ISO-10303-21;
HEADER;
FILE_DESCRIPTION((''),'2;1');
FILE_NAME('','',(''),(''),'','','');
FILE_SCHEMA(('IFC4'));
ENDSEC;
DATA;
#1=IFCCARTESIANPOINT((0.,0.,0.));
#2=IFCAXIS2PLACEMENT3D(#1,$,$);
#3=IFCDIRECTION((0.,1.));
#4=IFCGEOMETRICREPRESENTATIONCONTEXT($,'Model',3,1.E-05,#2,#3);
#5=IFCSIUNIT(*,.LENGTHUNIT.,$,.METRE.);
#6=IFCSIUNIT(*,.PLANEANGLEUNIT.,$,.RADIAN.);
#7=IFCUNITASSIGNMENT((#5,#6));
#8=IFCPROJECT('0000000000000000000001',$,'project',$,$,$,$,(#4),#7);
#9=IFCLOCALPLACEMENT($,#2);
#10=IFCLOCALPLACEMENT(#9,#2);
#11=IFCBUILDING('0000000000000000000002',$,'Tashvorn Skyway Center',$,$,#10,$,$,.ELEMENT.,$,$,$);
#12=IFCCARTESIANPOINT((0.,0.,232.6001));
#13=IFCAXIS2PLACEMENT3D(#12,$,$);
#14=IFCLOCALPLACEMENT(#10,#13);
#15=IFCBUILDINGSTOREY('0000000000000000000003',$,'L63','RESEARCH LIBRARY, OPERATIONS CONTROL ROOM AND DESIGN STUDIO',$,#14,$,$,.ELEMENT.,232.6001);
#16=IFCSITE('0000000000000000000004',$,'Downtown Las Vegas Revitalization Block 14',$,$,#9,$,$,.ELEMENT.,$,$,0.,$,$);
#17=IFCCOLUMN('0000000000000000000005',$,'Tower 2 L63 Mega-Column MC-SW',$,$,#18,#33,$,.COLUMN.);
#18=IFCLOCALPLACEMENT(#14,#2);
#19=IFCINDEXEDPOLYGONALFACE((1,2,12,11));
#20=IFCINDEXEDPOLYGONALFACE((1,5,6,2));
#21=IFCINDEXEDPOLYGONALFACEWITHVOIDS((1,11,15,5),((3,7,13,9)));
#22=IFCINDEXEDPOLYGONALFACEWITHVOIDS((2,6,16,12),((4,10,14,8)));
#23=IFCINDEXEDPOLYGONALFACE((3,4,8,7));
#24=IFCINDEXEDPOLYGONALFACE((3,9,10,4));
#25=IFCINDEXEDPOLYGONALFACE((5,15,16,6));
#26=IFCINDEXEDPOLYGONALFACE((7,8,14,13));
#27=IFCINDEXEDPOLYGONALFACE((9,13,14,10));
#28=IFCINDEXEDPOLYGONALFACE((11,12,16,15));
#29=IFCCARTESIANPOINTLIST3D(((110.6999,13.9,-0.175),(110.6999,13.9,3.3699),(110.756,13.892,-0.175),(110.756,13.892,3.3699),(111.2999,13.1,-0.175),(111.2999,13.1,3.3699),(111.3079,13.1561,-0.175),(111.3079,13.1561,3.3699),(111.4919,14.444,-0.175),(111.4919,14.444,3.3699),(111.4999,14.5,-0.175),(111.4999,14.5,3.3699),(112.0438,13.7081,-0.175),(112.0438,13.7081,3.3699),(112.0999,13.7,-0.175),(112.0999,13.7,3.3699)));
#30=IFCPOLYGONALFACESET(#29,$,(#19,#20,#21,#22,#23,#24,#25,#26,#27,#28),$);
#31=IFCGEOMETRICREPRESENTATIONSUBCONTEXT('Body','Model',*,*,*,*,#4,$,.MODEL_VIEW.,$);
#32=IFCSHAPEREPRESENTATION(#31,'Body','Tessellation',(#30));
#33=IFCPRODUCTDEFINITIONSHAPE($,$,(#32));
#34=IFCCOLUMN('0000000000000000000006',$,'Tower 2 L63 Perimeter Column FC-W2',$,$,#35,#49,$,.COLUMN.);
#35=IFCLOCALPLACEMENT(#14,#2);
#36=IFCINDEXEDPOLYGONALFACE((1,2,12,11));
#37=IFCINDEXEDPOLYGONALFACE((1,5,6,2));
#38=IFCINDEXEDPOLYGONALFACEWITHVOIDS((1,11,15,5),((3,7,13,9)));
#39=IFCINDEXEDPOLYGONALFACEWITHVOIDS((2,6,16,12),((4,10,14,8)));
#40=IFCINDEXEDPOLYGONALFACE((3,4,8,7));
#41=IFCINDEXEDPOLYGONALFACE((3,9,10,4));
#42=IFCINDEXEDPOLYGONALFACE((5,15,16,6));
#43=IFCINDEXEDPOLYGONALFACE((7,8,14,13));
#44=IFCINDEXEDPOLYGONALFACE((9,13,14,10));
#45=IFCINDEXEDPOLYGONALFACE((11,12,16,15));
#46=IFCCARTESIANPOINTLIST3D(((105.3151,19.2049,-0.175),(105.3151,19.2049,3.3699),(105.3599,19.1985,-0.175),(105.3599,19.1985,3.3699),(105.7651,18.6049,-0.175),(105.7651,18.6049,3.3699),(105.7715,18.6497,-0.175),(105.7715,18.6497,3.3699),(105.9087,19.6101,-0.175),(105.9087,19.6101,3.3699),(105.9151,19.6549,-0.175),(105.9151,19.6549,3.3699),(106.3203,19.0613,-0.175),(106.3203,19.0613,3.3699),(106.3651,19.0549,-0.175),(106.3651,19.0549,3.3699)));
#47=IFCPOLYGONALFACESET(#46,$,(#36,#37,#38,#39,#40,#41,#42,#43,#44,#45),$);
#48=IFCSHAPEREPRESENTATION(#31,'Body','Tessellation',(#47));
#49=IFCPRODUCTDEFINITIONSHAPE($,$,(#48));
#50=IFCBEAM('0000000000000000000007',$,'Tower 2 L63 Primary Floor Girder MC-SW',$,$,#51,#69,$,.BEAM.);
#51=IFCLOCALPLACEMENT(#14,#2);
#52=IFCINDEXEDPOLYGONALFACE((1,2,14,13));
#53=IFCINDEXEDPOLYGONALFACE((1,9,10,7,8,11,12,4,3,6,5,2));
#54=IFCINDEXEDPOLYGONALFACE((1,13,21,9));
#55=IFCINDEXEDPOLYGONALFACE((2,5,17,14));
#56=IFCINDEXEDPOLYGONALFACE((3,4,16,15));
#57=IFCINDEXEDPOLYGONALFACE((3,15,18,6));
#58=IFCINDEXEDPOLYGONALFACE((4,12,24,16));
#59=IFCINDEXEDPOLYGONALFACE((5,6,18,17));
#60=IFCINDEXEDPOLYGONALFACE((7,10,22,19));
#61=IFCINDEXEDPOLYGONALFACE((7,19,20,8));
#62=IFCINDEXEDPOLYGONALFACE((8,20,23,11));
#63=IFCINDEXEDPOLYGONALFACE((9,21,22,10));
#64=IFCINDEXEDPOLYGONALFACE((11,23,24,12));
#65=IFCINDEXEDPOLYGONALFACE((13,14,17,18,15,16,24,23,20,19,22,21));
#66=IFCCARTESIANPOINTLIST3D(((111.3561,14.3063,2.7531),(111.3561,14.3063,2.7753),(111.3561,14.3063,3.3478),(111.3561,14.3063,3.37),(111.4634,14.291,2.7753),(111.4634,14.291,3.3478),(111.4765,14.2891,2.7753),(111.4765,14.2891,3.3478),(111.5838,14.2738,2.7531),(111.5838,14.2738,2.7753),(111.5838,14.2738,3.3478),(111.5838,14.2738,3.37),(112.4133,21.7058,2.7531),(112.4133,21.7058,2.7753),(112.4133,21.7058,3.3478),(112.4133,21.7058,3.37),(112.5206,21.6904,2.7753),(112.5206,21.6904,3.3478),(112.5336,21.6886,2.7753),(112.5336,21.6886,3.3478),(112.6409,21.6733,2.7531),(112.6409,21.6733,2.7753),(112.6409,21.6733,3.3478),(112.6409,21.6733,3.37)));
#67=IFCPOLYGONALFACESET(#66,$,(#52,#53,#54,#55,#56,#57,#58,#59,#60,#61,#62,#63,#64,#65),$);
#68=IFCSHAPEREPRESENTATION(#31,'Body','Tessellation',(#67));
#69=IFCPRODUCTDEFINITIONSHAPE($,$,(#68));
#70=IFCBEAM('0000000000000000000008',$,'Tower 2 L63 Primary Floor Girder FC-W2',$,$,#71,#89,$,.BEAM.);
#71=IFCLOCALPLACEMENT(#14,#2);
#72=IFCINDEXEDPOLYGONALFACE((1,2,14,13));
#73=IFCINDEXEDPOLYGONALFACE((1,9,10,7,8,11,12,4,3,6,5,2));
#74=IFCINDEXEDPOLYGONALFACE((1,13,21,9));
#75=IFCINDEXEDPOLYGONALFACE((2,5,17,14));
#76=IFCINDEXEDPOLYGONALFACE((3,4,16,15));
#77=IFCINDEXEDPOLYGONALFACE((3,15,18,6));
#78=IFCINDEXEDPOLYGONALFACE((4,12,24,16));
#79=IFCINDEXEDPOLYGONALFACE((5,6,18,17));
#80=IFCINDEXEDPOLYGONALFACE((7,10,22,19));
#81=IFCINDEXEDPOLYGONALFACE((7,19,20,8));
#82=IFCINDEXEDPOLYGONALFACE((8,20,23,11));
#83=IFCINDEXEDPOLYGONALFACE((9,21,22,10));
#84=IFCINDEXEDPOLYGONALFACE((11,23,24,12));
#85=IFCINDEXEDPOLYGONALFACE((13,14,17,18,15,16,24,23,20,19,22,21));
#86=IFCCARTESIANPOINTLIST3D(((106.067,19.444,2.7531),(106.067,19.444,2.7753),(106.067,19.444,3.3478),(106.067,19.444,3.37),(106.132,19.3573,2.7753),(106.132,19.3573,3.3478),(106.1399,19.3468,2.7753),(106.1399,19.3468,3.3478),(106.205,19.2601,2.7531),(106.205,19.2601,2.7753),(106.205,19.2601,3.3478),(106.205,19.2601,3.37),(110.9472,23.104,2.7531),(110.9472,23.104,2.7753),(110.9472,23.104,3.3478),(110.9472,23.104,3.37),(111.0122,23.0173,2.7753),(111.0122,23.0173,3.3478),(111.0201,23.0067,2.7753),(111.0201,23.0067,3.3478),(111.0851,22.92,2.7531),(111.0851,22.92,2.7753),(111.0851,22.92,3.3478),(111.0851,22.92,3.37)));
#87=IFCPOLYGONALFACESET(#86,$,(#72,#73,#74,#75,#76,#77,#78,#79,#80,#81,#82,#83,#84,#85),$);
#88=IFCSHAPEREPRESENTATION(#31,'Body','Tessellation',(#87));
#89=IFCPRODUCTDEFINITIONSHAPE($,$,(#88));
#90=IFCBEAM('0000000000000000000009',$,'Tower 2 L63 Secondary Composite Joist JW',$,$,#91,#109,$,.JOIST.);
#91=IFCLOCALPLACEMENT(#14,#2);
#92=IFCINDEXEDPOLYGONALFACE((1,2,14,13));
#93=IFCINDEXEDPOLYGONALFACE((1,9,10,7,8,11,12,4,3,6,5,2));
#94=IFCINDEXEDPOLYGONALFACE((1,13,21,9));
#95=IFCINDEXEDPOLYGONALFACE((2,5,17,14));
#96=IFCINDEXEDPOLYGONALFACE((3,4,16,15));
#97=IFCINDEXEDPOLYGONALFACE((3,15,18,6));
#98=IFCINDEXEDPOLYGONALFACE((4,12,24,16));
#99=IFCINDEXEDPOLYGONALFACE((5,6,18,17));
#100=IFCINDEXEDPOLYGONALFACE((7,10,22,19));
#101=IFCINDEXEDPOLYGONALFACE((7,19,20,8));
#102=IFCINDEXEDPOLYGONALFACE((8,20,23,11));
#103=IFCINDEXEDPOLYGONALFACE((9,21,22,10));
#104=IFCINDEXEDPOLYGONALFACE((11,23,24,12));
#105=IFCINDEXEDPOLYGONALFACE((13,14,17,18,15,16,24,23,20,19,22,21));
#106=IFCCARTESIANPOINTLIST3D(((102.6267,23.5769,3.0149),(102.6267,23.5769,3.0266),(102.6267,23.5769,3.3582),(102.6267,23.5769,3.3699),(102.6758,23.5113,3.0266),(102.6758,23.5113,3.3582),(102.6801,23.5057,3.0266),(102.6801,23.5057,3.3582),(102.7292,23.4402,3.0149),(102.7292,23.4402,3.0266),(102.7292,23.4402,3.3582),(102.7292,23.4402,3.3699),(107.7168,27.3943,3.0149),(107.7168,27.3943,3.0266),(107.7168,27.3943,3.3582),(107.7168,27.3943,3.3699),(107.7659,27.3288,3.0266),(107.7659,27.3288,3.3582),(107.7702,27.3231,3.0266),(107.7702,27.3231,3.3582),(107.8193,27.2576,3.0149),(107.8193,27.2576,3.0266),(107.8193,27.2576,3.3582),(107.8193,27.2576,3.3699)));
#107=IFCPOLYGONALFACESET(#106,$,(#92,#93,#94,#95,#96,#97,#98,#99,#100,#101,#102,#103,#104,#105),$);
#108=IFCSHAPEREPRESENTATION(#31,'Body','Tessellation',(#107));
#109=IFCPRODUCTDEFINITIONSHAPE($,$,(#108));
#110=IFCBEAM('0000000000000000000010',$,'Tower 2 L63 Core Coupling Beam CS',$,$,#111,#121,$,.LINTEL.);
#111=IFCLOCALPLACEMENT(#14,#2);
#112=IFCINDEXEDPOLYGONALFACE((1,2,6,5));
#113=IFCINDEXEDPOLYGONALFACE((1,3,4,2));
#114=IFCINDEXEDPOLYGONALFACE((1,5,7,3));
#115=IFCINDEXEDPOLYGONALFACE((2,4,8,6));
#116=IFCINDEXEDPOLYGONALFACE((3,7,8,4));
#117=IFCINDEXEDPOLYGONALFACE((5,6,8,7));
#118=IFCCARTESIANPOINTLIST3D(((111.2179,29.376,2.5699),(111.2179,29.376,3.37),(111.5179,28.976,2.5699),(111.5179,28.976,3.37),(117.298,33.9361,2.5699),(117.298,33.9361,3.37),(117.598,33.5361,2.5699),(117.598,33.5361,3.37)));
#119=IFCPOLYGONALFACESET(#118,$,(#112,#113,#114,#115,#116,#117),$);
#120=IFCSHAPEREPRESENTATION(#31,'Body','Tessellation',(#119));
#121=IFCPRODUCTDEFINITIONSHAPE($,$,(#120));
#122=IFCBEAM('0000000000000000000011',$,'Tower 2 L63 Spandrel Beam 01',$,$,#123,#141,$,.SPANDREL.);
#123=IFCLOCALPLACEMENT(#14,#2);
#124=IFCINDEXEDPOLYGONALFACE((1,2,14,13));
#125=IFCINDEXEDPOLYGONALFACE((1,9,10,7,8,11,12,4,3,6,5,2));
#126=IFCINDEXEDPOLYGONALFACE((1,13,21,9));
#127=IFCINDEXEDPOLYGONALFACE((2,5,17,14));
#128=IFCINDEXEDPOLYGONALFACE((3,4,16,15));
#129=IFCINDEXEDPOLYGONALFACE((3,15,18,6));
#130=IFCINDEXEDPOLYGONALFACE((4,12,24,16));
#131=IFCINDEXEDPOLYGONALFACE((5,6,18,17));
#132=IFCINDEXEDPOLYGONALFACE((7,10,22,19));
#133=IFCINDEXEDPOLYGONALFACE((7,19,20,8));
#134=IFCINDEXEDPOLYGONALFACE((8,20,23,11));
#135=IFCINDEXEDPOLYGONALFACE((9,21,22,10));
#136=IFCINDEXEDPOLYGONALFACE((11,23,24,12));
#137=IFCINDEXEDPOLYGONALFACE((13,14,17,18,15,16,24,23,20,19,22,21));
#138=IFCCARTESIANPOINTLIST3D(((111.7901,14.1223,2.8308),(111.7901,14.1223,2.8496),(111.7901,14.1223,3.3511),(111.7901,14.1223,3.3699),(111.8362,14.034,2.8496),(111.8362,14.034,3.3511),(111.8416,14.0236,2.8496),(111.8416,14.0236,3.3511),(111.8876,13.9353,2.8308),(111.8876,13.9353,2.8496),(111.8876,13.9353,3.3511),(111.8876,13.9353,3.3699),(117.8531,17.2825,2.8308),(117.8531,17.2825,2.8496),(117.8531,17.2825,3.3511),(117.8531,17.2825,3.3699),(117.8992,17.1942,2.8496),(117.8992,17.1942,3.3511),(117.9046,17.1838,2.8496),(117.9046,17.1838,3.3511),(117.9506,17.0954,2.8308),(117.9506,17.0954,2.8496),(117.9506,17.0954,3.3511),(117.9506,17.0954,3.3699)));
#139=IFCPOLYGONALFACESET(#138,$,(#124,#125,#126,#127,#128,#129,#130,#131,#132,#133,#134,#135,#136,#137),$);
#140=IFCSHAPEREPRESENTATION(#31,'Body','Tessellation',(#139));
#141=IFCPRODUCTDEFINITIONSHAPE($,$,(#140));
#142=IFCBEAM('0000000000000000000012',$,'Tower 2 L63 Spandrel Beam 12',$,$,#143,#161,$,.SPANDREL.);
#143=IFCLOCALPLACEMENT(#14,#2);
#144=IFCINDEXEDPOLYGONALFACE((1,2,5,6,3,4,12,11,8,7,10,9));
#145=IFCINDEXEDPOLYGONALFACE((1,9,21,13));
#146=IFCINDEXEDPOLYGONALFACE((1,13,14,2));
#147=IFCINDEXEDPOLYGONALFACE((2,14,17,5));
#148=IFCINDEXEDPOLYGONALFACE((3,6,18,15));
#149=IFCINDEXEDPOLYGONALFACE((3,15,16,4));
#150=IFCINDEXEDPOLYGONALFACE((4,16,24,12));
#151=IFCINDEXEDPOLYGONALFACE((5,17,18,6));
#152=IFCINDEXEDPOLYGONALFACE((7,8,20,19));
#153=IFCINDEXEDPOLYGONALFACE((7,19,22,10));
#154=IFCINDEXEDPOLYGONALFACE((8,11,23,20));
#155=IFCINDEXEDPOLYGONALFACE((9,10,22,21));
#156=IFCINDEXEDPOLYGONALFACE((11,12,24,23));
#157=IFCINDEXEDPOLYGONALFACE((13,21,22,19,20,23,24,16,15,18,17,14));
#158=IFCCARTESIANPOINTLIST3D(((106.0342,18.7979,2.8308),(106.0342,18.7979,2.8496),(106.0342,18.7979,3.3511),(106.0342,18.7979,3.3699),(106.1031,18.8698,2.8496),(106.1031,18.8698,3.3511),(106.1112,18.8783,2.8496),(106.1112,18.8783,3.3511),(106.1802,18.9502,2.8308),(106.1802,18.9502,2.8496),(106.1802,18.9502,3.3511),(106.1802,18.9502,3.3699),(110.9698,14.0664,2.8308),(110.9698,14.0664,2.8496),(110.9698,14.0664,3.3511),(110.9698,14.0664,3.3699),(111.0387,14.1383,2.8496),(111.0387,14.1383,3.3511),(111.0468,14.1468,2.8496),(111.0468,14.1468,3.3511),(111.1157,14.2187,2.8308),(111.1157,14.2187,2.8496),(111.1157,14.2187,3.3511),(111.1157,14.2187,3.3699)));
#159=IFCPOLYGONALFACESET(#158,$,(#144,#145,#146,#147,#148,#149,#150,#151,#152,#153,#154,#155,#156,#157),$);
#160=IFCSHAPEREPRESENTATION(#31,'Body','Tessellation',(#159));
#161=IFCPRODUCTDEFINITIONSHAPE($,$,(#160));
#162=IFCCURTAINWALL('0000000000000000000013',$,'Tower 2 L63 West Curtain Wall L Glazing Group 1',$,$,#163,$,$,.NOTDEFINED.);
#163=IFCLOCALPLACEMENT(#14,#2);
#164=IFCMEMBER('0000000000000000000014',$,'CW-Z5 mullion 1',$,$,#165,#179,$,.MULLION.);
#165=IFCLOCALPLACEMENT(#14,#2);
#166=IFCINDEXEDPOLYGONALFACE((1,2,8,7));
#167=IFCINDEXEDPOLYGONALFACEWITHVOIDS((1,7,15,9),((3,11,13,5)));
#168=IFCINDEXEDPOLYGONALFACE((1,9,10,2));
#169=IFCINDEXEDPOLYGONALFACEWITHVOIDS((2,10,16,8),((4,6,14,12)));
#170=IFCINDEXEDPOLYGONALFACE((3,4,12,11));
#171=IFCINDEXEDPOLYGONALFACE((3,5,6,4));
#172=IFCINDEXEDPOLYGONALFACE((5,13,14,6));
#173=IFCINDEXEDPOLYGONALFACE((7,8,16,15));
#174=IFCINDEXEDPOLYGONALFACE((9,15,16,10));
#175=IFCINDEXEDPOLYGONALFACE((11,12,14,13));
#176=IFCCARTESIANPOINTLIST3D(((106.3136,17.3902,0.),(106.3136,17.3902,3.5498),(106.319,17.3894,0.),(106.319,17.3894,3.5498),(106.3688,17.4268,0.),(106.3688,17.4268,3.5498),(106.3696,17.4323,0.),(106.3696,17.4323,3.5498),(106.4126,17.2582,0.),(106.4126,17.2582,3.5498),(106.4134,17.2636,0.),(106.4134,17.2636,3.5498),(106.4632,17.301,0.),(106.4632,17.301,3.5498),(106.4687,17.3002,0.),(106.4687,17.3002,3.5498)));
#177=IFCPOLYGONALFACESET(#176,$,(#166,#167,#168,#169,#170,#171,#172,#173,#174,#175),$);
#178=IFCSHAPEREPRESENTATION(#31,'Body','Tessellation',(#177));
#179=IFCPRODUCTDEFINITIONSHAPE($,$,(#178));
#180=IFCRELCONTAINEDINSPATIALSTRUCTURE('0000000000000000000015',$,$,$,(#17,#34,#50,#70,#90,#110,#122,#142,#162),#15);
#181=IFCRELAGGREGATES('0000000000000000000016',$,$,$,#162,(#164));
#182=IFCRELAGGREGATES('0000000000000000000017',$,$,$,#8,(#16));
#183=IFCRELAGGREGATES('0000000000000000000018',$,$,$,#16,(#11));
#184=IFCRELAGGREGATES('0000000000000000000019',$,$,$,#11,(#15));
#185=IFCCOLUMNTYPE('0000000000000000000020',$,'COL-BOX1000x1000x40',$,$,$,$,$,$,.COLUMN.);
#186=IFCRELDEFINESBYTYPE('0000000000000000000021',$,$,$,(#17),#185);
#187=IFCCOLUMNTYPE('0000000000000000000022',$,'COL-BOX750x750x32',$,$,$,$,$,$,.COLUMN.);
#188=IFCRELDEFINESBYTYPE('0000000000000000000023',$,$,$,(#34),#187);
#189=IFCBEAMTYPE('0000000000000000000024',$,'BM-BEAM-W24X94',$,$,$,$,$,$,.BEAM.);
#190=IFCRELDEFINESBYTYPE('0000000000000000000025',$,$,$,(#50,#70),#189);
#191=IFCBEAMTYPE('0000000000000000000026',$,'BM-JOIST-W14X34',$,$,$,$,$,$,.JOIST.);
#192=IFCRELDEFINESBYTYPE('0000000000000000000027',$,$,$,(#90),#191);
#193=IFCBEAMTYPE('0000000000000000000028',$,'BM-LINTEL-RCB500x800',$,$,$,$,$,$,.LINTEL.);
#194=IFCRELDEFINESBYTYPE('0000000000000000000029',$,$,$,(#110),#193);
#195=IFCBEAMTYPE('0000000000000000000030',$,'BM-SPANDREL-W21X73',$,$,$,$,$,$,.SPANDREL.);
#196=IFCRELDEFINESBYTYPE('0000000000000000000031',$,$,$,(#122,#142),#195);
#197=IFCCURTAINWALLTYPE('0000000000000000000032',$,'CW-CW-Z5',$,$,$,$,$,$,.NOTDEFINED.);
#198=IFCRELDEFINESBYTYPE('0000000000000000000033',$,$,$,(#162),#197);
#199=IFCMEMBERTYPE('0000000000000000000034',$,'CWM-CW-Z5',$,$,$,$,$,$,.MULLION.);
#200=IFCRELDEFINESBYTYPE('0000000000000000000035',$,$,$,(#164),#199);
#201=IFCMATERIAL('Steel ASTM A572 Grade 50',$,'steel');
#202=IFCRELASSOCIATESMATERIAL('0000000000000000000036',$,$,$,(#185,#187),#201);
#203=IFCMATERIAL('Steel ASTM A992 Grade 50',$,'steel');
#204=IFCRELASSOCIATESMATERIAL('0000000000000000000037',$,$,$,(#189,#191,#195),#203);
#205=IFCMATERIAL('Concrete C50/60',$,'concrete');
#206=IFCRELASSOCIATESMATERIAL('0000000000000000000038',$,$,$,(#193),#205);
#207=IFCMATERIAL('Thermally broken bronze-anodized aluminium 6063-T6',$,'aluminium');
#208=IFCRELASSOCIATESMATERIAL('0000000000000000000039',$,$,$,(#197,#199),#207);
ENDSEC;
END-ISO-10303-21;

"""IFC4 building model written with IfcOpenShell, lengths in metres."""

from ifc_helpers import new_model, si_unit, direction, frame, origin, origin_2d, place, context, subcontext, project, spatial, rectangle, hollow_rectangle, i_section, extrude, material, material_profile, profile_set, type_object, element, aggregate, save


model = new_model("IFC4")

# Units and contexts
model_context = context("Model", 3, precision=1e-05, world=origin(), true_north=direction((0.0, 1.0)))
body_context = subcontext(model_context, "Body", "Model", "MODEL_VIEW")
ifc_project = project(units=[si_unit("LENGTHUNIT", "METRE"), si_unit("PLANEANGLEUNIT", "RADIAN")], contexts=[model_context])

# Site, building, storey
site_placement = place(None, origin())
site = spatial("IfcSite", under=ifc_project, at=site_placement, Name="Downtown Las Vegas Revitalization Block 14", CompositionType="ELEMENT", RefElevation=0.0)
building_placement = place(site_placement, origin())
building = spatial("IfcBuilding", under=site, at=building_placement, Name="Tashvorn Skyway Center", CompositionType="ELEMENT")
storey_placement = place(building_placement, frame((0.0, 0.0, 232.6001)))
storey = spatial("IfcBuildingStorey", under=building, at=storey_placement, Name="L63", Description="RESEARCH LIBRARY, OPERATIONS CONTROL ROOM AND DESIGN STUDIO", CompositionType="ELEMENT", Elevation=232.6001)

# Columns
ifc_material_1 = material(Name="Steel ASTM A572 Grade 50", Category="steel")
ifc_material_profile_1 = material_profile(ifc_material_1, hollow_rectangle(XDim=1.0, YDim=1.0, WallThickness=0.04, at=origin_2d()), Name="BOX1000x1000x40")
ifc_profile_set_1 = profile_set([ifc_material_profile_1], Name="Steel ASTM A572 Grade 50")
column_type_1 = type_object("IfcColumnType", Name="COL-BOX1000x1000x40", PredefinedType="COLUMN", material=ifc_profile_set_1)
column_1_placement = place(storey_placement, frame((111.3999, 13.8, -0.175), z_axis=(0.0, 0.0, 1.0), x_axis=(0.8, 0.6, 0.0)))
element("IfcColumn", 1, at=column_1_placement, inside=storey, type_object=column_type_1, Name="Tower 2 L63 Mega-Column MC-SW", PredefinedType="COLUMN", context=body_context, shape_type="SweptSolid", body=[
    extrude(hollow_rectangle(XDim=1.0, YDim=1.0, WallThickness=0.04, at=origin_2d()), origin(), (0.0, 0.0, 1.0), 3.5449),
])
ifc_material_profile_2 = material_profile(ifc_material_1, hollow_rectangle(XDim=0.75, YDim=0.75, WallThickness=0.032, at=origin_2d()), Name="BOX750x750x32")
ifc_profile_set_2 = profile_set([ifc_material_profile_2], Name="Steel ASTM A572 Grade 50")
column_type_2 = type_object("IfcColumnType", Name="COL-BOX750x750x32", PredefinedType="COLUMN", material=ifc_profile_set_2)
column_2_placement = place(storey_placement, frame((105.8401, 19.1299, -0.175), z_axis=(0.0, 0.0, 1.0), x_axis=(0.8, 0.6, 0.0)))
element("IfcColumn", 2, at=column_2_placement, inside=storey, type_object=column_type_2, Name="Tower 2 L63 Perimeter Column FC-W2", PredefinedType="COLUMN", context=body_context, shape_type="SweptSolid", body=[
    extrude(hollow_rectangle(XDim=0.75, YDim=0.75, WallThickness=0.032, at=origin_2d()), origin(), (0.0, 0.0, 1.0), 3.5449),
])

# Beams
ifc_material_2 = material(Name="Steel ASTM A992 Grade 50", Category="steel")
ifc_material_profile_3 = material_profile(ifc_material_2, i_section(OverallWidth=0.23, OverallDepth=0.6169, WebThickness=0.0132, FlangeThickness=0.0222, at=origin_2d()), Name="W24X94")
ifc_profile_set_3 = profile_set([ifc_material_profile_3], Name="Steel ASTM A992 Grade 50")
beam_type_1 = type_object("IfcBeamType", Name="BM-BEAM-W24X94", PredefinedType="BEAM", material=ifc_profile_set_3)
beam_1_placement = place(storey_placement, frame((111.47, 14.29, 3.0615), z_axis=(0.141431, 0.989948, 0.0), x_axis=(-0.989948, 0.141431, 0.0)))
element("IfcBeam", 3, at=beam_1_placement, inside=storey, type_object=beam_type_1, Name="Tower 2 L63 Primary Floor Girder MC-SW", PredefinedType="BEAM", context=body_context, shape_type="SweptSolid", body=[
    extrude(i_section(OverallWidth=0.23, OverallDepth=0.6169, WebThickness=0.0132, FlangeThickness=0.0222, at=origin_2d()), origin(), (0.0, 0.0, 1.0), 7.4746),
])
beam_2_placement = place(storey_placement, frame((106.136, 19.3521, 3.0615), z_axis=(0.800014, 0.599981, 0.0), x_axis=(-0.599981, 0.800014, 0.0)))
element("IfcBeam", 4, at=beam_2_placement, inside=storey, type_object=beam_type_1, Name="Tower 2 L63 Primary Floor Girder FC-W2", PredefinedType="BEAM", context=body_context, shape_type="SweptSolid", body=[
    extrude(i_section(OverallWidth=0.23, OverallDepth=0.6169, WebThickness=0.0132, FlangeThickness=0.0222, at=origin_2d()), origin(), (0.0, 0.0, 1.0), 6.1001),
])
ifc_material_profile_4 = material_profile(ifc_material_2, i_section(OverallWidth=0.1709, OverallDepth=0.355, WebThickness=0.0071, FlangeThickness=0.0117, at=origin_2d()), Name="W14X34")
ifc_profile_set_4 = profile_set([ifc_material_profile_4], Name="Steel ASTM A992 Grade 50")
beam_type_2 = type_object("IfcBeamType", Name="BM-JOIST-W14X34", PredefinedType="JOIST", material=ifc_profile_set_4)
beam_3_placement = place(storey_placement, frame((107.7681, 27.3259, 3.1924), z_axis=(-0.800014, -0.599982, 0.0), x_axis=(0.599982, -0.800014, 0.0)))
element("IfcBeam", 5, at=beam_3_placement, inside=storey, type_object=beam_type_2, Name="Tower 2 L63 Secondary Composite Joist JW", PredefinedType="JOIST", context=body_context, shape_type="SweptSolid", body=[
    extrude(i_section(OverallWidth=0.1709, OverallDepth=0.355, WebThickness=0.0071, FlangeThickness=0.0117, at=origin_2d()), origin(), (0.0, 0.0, 1.0), 6.3625),
])
ifc_material_3 = material(Name="Concrete C50/60", Category="concrete")
ifc_material_profile_5 = material_profile(ifc_material_3, rectangle(XDim=0.5, YDim=0.8, at=origin_2d()), Name="RCB500x800")
ifc_profile_set_5 = profile_set([ifc_material_profile_5], Name="Concrete C50/60")
beam_type_3 = type_object("IfcBeamType", Name="BM-LINTEL-RCB500x800", PredefinedType="LINTEL", material=ifc_profile_set_5)
beam_4_placement = place(storey_placement, frame((111.3679, 29.176, 2.97), z_axis=(0.8, 0.6, 0.0), x_axis=(-0.6, 0.8, 0.0)))
element("IfcBeam", 6, at=beam_4_placement, inside=storey, type_object=beam_type_3, Name="Tower 2 L63 Core Coupling Beam CS", PredefinedType="LINTEL", context=body_context, shape_type="SweptSolid", body=[
    extrude(rectangle(XDim=0.5, YDim=0.8, at=origin_2d()), origin(), (0.0, 0.0, 1.0), 7.6001),
])
ifc_material_profile_6 = material_profile(ifc_material_2, i_section(OverallWidth=0.2109, OverallDepth=0.5391, WebThickness=0.0117, FlangeThickness=0.0188, at=origin_2d()), Name="W21X73")
ifc_profile_set_6 = profile_set([ifc_material_profile_6], Name="Steel ASTM A992 Grade 50")
beam_type_4 = type_object("IfcBeamType", Name="BM-SPANDREL-W21X73", PredefinedType="SPANDREL", material=ifc_profile_set_6)
for number, where, z_axis, x_axis, name in (
    (7, (111.8389, 14.0288, 3.1003), (0.886773, 0.462205, 0.0), (-0.462205, 0.886773, 0.0), "Tower 2 L63 Spandrel Beam 01"),
    (8, (106.1072, 18.874, 3.1003), (0.721875, -0.692023, 0.0), (0.692023, 0.721875, 0.0), "Tower 2 L63 Spandrel Beam 12"),
):
    element("IfcBeam", number, at=place(storey_placement, frame(where, z_axis=z_axis, x_axis=x_axis)), inside=storey, type_object=beam_type_4, Name=name, PredefinedType="SPANDREL", context=body_context, shape_type="SweptSolid", body=[
        extrude(i_section(OverallWidth=0.2109, OverallDepth=0.5391, WebThickness=0.0117, FlangeThickness=0.0188, at=origin_2d()), origin(), (0.0, 0.0, 1.0), 6.8372),
    ])

# Curtain wall, member
ifc_material_4 = material(Name="Thermally broken bronze-anodized aluminium 6063-T6", Category="aluminium")
curtain_wall_type = type_object("IfcCurtainWallType", Name="CW-CW-Z5", PredefinedType="NOTDEFINED", material=ifc_material_4)
curtain_wall_placement = place(storey_placement, origin())
curtain_wall = element("IfcCurtainWall", 9, at=curtain_wall_placement, inside=storey, type_object=curtain_wall_type, Name="Tower 2 L63 West Curtain Wall L Glazing Group 1", PredefinedType="NOTDEFINED")
ifc_material_profile_7 = material_profile(ifc_material_4, hollow_rectangle(XDim=0.0701, YDim=0.165, WallThickness=0.0039, at=origin_2d()), Name="ALU-MULL-70x165")
ifc_profile_set_7 = profile_set([ifc_material_profile_7], Name="Thermally broken bronze-anodized aluminium 6063-T6")
member_type_1 = type_object("IfcMemberType", Name="CWM-CW-Z5", PredefinedType="MULLION", material=ifc_profile_set_7)
member_1_placement = place(storey_placement, frame((106.3911, 17.3452, 0.0), z_axis=(0.0, 0.0, 1.0), x_axis=(-0.800004, -0.599995, 0.0)))
member_1 = element("IfcMember", 10, at=member_1_placement, type_object=member_type_1, Name="CW-Z5 mullion 1", PredefinedType="MULLION", context=body_context, shape_type="SweptSolid", body=[
    extrude(hollow_rectangle(XDim=0.0701, YDim=0.165, WallThickness=0.0039, at=origin_2d()), origin(), (0.0, 0.0, 1.0), 3.5498),
])

aggregate(curtain_wall, [member_1])

save(model, "model.ifc")
